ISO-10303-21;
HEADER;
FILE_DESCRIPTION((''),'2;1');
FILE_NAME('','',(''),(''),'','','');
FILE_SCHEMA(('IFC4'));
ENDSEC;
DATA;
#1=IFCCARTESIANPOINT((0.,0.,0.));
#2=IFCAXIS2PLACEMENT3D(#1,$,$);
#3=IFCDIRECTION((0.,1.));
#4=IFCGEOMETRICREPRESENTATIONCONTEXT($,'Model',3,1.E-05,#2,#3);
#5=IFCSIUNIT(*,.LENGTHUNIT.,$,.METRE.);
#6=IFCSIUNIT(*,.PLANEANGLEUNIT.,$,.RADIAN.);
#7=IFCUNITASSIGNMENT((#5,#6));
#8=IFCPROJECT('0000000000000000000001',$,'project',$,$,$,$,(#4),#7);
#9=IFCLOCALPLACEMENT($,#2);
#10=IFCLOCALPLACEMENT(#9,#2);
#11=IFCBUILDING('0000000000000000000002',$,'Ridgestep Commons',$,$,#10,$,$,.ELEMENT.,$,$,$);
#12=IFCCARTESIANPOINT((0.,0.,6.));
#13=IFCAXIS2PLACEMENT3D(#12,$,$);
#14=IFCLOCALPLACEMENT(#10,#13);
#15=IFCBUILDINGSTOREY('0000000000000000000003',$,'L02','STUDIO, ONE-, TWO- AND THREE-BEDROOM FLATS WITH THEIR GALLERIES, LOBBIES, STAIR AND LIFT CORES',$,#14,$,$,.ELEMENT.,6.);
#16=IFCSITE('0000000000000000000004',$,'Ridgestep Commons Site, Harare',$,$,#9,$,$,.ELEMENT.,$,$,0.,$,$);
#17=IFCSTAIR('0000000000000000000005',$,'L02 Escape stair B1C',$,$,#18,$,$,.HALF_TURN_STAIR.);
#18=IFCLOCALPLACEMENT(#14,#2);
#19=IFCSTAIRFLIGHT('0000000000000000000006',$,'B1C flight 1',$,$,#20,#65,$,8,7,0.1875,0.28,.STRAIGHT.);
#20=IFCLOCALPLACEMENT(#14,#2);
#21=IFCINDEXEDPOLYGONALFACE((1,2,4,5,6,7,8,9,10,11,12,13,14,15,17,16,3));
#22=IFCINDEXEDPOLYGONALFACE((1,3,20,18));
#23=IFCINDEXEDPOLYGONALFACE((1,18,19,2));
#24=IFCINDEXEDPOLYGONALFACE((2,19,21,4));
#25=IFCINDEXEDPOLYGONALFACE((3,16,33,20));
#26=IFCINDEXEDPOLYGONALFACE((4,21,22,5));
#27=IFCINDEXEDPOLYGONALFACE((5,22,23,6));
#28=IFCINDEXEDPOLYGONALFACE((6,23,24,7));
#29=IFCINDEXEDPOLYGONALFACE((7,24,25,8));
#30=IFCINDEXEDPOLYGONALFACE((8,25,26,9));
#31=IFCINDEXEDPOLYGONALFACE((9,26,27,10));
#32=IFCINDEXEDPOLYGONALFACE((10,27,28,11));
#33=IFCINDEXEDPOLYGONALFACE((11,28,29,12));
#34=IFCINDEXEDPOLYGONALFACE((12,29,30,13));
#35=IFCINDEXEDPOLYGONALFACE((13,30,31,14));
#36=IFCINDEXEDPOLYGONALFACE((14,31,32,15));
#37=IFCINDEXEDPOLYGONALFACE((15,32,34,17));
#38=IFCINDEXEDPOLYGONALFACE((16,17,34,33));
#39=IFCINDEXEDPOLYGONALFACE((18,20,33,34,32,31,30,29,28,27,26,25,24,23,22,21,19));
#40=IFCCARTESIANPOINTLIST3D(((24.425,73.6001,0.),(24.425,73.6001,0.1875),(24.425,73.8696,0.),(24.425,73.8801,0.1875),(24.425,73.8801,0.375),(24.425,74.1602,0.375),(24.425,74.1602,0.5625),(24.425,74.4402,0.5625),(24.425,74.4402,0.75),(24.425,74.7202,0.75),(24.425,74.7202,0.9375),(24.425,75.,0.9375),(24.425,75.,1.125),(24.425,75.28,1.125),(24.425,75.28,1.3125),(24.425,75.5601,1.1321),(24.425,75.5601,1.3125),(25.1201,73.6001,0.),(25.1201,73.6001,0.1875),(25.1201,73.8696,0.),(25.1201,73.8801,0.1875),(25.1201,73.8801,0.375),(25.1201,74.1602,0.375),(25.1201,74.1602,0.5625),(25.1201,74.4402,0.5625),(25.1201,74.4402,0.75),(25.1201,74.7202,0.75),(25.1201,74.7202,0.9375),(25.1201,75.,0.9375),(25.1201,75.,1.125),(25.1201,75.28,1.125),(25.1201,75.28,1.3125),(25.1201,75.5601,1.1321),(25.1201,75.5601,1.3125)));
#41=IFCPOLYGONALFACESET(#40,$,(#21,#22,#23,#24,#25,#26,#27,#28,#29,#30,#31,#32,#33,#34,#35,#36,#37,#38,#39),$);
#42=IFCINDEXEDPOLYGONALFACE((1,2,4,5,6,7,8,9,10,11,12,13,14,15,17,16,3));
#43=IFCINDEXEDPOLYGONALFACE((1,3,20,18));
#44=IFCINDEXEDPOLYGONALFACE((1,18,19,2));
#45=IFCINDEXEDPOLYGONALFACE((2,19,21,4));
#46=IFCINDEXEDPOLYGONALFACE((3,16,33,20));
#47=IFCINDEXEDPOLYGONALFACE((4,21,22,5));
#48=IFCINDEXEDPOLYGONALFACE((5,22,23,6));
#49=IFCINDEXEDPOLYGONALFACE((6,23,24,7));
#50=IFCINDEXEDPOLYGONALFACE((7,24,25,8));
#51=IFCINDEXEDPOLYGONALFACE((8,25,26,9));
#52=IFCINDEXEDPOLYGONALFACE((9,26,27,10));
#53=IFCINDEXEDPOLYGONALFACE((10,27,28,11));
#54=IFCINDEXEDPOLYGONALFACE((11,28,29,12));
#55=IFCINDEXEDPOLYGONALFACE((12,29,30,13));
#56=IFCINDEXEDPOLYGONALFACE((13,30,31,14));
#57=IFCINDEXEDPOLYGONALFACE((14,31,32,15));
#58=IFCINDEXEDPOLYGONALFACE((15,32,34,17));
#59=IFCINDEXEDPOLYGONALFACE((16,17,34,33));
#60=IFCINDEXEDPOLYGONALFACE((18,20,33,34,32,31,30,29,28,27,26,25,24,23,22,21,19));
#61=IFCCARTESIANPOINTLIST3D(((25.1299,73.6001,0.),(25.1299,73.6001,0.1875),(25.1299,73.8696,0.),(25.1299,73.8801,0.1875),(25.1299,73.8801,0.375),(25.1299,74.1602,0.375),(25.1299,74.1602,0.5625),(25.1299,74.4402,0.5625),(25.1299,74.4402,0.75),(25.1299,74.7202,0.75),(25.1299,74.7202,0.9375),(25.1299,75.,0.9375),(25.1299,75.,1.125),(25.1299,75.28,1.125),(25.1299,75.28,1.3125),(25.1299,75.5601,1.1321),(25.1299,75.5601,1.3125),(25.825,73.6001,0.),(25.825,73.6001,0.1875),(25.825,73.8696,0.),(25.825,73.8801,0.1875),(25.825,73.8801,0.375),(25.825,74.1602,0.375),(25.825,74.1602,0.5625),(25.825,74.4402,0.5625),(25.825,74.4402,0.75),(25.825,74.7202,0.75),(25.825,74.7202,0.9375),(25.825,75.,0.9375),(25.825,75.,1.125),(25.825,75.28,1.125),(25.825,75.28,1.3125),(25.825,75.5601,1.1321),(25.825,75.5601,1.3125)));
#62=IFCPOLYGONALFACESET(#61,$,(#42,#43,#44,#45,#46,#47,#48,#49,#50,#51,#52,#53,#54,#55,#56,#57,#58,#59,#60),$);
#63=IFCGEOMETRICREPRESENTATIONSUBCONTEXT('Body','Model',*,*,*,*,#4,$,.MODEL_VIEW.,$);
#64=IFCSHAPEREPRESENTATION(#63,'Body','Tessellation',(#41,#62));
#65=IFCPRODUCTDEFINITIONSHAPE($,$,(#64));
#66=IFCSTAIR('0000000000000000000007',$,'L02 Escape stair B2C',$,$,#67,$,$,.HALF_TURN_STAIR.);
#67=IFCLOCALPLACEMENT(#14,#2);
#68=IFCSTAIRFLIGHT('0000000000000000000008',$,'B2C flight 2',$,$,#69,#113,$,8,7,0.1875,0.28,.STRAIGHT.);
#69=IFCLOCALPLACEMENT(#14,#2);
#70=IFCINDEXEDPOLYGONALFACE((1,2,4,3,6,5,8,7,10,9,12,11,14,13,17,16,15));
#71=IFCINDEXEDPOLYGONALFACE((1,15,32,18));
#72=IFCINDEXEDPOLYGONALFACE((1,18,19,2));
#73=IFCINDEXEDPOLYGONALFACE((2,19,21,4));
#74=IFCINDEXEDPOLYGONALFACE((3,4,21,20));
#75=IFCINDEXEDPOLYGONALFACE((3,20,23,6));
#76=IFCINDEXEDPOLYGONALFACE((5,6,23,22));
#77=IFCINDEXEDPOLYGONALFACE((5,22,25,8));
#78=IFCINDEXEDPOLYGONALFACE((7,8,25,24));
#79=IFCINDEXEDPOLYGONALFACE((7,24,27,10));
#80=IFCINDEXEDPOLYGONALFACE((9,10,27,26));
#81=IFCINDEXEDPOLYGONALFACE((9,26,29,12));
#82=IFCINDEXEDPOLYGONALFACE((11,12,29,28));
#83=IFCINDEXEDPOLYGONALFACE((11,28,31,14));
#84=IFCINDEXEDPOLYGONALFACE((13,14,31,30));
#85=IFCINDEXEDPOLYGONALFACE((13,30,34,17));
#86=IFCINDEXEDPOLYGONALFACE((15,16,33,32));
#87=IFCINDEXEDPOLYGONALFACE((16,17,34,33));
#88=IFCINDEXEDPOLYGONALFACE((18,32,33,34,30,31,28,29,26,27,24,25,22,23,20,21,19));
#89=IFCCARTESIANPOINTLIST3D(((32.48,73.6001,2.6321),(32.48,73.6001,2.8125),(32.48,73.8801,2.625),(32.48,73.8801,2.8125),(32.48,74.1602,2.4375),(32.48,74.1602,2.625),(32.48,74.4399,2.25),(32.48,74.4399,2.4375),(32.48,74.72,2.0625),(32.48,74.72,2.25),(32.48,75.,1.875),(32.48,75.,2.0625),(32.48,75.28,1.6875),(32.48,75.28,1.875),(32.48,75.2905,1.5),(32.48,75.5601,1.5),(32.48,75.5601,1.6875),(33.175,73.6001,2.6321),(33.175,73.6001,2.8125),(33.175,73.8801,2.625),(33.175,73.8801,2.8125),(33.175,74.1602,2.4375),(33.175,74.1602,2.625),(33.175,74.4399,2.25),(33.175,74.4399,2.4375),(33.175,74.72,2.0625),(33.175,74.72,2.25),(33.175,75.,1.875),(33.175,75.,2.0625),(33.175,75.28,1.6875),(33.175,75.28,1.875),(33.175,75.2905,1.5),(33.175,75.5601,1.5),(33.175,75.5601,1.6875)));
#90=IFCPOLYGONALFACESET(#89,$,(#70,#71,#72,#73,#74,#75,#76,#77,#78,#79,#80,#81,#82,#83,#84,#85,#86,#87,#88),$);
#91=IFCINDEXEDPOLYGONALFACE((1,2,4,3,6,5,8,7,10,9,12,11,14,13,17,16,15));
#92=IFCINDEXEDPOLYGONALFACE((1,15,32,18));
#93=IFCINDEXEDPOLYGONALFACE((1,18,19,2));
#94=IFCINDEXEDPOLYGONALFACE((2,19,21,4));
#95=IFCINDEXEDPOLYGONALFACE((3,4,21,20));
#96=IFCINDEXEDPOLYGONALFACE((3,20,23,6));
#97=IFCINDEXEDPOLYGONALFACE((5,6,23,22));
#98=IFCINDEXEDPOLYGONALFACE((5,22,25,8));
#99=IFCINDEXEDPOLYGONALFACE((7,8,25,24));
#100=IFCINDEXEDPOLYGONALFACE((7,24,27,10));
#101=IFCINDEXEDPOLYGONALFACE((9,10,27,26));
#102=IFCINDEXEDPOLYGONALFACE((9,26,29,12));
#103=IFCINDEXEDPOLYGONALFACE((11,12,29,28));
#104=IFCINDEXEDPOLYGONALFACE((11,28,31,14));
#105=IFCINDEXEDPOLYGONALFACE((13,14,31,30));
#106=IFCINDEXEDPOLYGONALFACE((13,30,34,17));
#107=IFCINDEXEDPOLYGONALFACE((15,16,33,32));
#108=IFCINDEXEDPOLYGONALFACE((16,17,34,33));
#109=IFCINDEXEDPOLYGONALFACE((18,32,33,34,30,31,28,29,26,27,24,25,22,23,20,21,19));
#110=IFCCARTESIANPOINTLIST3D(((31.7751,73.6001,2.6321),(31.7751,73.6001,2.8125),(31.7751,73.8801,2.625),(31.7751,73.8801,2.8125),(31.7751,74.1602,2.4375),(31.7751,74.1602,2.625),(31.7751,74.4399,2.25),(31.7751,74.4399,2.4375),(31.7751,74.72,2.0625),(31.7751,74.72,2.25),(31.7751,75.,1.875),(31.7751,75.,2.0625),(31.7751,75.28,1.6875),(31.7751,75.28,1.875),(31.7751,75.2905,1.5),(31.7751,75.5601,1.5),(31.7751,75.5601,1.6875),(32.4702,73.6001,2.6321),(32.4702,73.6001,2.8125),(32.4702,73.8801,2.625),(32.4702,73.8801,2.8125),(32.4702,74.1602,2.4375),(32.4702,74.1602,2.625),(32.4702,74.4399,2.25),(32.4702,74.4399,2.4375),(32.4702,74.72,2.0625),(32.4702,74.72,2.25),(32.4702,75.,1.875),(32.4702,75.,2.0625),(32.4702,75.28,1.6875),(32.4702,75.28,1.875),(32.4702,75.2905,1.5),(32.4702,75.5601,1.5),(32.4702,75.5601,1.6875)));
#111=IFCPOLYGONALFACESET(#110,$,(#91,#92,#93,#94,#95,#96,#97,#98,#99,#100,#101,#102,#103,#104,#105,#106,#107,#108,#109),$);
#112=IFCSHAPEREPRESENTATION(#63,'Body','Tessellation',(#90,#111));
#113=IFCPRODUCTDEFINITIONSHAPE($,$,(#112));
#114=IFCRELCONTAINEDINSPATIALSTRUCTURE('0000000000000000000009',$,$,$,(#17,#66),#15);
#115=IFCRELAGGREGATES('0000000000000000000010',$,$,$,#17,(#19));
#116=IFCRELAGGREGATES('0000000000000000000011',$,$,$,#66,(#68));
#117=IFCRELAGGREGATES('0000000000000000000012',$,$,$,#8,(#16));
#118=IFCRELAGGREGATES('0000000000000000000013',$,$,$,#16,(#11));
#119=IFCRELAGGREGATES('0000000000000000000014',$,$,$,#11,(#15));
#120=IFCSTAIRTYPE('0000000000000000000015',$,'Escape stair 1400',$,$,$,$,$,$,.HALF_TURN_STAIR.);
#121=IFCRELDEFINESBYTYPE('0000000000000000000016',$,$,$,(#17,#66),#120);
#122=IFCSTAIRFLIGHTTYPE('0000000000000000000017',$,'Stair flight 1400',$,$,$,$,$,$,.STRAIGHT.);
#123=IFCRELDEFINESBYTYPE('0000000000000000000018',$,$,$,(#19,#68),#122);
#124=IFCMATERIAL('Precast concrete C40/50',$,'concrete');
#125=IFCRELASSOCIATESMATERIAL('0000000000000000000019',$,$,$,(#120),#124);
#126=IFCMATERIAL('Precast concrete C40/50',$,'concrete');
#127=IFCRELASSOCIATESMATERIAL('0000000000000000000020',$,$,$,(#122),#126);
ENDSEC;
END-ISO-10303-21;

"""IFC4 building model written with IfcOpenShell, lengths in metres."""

from ifc_helpers import new_model, si_unit, direction, frame, origin, place, context, subcontext, project, spatial, polyline, outline, extrude, material, type_object, element, aggregate, save


model = new_model("IFC4")

# Units and contexts
model_context = context("Model", 3, precision=1e-05, world=origin(), true_north=direction((0.0, 1.0)))
body_context = subcontext(model_context, "Body", "Model", "MODEL_VIEW")
ifc_project = project(units=[si_unit("LENGTHUNIT", "METRE"), si_unit("PLANEANGLEUNIT", "RADIAN")], contexts=[model_context])

# Site, building, storey
site_placement = place(None, origin())
site = spatial("IfcSite", under=ifc_project, at=site_placement, Name="Ridgestep Commons Site, Harare", CompositionType="ELEMENT", RefElevation=0.0)
building_placement = place(site_placement, origin())
building = spatial("IfcBuilding", under=site, at=building_placement, Name="Ridgestep Commons", CompositionType="ELEMENT")
storey_placement = place(building_placement, frame((0.0, 0.0, 6.0)))
storey = spatial("IfcBuildingStorey", under=building, at=storey_placement, Name="L02", Description="STUDIO, ONE-, TWO- AND THREE-BEDROOM FLATS WITH THEIR GALLERIES, LOBBIES, STAIR AND LIFT CORES", CompositionType="ELEMENT", Elevation=6.0)

# Stairs, stair flights
ifc_material_1 = material(Name="Precast concrete C40/50", Category="concrete")
stair_type = type_object("IfcStairType", Name="Escape stair 1400", PredefinedType="HALF_TURN_STAIR", material=ifc_material_1)
stair_1_placement = place(storey_placement, origin())
stair_1 = element("IfcStair", 1, at=stair_1_placement, inside=storey, type_object=stair_type, Name="L02 Escape stair B1C", PredefinedType="HALF_TURN_STAIR")
ifc_material_2 = material(Name="Precast concrete C40/50", Category="concrete")
stair_flight_type = type_object("IfcStairFlightType", Name="Stair flight 1400", PredefinedType="STRAIGHT", material=ifc_material_2)
stair_flight_1_placement = place(storey_placement, frame((25.125, 73.6001, 0.0), z_axis=(0.0, 0.0, 1.0), x_axis=(0.0, 1.0, 0.0)))
stair_flight_1 = element("IfcStairFlight", 2, at=stair_flight_1_placement, type_object=stair_flight_type, Name="B1C flight 1", NumberOfRisers=8, NumberOfTreads=7, PredefinedType="STRAIGHT", RiserHeight=0.1875, TreadLength=0.28, context=body_context, shape_type="SweptSolid", body=[
    extrude(outline(polyline([(0.0, 0.0), (0.0, 0.1875), (0.28, 0.1875), (0.28, 0.375), (0.5601, 0.375), (0.5601, 0.5625), (0.8401, 0.5625), (0.8401, 0.75), (1.1201, 0.75), (1.1201, 0.9375), (1.3999, 0.9375), (1.3999, 1.125), (1.6799, 1.125), (1.6799, 1.3125), (1.96, 1.3125), (1.96, 1.5), (1.96, 1.1321), (0.2695, 0.0), (0.0, 0.0)])), frame((0.0, 0.7, 0.0), z_axis=(0.0, -1.0, 0.0), x_axis=(1.0, 0.0, 0.0)), (0.0, 0.0, 1.0), 0.6951),
    extrude(outline(polyline([(0.0, 0.0), (0.0, 0.1875), (0.28, 0.1875), (0.28, 0.375), (0.5601, 0.375), (0.5601, 0.5625), (0.8401, 0.5625), (0.8401, 0.75), (1.1201, 0.75), (1.1201, 0.9375), (1.3999, 0.9375), (1.3999, 1.125), (1.6799, 1.125), (1.6799, 1.3125), (1.96, 1.3125), (1.96, 1.5), (1.96, 1.1321), (0.2695, 0.0), (0.0, 0.0)])), frame((0.0, -0.0049, 0.0), z_axis=(0.0, -1.0, 0.0), x_axis=(1.0, 0.0, 0.0)), (0.0, 0.0, 1.0), 0.6951),
])
aggregate(stair_1, [stair_flight_1])
stair_2_placement = place(storey_placement, origin())
stair_2 = element("IfcStair", 3, at=stair_2_placement, inside=storey, type_object=stair_type, Name="L02 Escape stair B2C", PredefinedType="HALF_TURN_STAIR")
stair_flight_2_placement = place(storey_placement, frame((32.4751, 75.5601, 1.5), z_axis=(0.0, 0.0, 1.0), x_axis=(0.0, -1.0, 0.0)))
stair_flight_2 = element("IfcStairFlight", 4, at=stair_flight_2_placement, type_object=stair_flight_type, Name="B2C flight 2", NumberOfRisers=8, NumberOfTreads=7, PredefinedType="STRAIGHT", RiserHeight=0.1875, TreadLength=0.28, context=body_context, shape_type="SweptSolid", body=[
    extrude(outline(polyline([(0.0, 0.0), (0.0, 0.1875), (0.28, 0.1875), (0.28, 0.375), (0.5601, 0.375), (0.5601, 0.5625), (0.8401, 0.5625), (0.8401, 0.75), (1.1201, 0.75), (1.1201, 0.9375), (1.3999, 0.9375), (1.3999, 1.125), (1.6799, 1.125), (1.6799, 1.3125), (1.96, 1.3125), (1.96, 1.5), (1.96, 1.1321), (0.2695, 0.0), (0.0, 0.0)])), frame((0.0, 0.7, 0.0), z_axis=(0.0, -1.0, 0.0), x_axis=(1.0, 0.0, 0.0)), (0.0, 0.0, 1.0), 0.6951),
    extrude(outline(polyline([(0.0, 0.0), (0.0, 0.1875), (0.28, 0.1875), (0.28, 0.375), (0.5601, 0.375), (0.5601, 0.5625), (0.8401, 0.5625), (0.8401, 0.75), (1.1201, 0.75), (1.1201, 0.9375), (1.3999, 0.9375), (1.3999, 1.125), (1.6799, 1.125), (1.6799, 1.3125), (1.96, 1.3125), (1.96, 1.5), (1.96, 1.1321), (0.2695, 0.0), (0.0, 0.0)])), frame((0.0, -0.0049, 0.0), z_axis=(0.0, -1.0, 0.0), x_axis=(1.0, 0.0, 0.0)), (0.0, 0.0, 1.0), 0.6951),
])
aggregate(stair_2, [stair_flight_2])

save(model, "model.ifc")
